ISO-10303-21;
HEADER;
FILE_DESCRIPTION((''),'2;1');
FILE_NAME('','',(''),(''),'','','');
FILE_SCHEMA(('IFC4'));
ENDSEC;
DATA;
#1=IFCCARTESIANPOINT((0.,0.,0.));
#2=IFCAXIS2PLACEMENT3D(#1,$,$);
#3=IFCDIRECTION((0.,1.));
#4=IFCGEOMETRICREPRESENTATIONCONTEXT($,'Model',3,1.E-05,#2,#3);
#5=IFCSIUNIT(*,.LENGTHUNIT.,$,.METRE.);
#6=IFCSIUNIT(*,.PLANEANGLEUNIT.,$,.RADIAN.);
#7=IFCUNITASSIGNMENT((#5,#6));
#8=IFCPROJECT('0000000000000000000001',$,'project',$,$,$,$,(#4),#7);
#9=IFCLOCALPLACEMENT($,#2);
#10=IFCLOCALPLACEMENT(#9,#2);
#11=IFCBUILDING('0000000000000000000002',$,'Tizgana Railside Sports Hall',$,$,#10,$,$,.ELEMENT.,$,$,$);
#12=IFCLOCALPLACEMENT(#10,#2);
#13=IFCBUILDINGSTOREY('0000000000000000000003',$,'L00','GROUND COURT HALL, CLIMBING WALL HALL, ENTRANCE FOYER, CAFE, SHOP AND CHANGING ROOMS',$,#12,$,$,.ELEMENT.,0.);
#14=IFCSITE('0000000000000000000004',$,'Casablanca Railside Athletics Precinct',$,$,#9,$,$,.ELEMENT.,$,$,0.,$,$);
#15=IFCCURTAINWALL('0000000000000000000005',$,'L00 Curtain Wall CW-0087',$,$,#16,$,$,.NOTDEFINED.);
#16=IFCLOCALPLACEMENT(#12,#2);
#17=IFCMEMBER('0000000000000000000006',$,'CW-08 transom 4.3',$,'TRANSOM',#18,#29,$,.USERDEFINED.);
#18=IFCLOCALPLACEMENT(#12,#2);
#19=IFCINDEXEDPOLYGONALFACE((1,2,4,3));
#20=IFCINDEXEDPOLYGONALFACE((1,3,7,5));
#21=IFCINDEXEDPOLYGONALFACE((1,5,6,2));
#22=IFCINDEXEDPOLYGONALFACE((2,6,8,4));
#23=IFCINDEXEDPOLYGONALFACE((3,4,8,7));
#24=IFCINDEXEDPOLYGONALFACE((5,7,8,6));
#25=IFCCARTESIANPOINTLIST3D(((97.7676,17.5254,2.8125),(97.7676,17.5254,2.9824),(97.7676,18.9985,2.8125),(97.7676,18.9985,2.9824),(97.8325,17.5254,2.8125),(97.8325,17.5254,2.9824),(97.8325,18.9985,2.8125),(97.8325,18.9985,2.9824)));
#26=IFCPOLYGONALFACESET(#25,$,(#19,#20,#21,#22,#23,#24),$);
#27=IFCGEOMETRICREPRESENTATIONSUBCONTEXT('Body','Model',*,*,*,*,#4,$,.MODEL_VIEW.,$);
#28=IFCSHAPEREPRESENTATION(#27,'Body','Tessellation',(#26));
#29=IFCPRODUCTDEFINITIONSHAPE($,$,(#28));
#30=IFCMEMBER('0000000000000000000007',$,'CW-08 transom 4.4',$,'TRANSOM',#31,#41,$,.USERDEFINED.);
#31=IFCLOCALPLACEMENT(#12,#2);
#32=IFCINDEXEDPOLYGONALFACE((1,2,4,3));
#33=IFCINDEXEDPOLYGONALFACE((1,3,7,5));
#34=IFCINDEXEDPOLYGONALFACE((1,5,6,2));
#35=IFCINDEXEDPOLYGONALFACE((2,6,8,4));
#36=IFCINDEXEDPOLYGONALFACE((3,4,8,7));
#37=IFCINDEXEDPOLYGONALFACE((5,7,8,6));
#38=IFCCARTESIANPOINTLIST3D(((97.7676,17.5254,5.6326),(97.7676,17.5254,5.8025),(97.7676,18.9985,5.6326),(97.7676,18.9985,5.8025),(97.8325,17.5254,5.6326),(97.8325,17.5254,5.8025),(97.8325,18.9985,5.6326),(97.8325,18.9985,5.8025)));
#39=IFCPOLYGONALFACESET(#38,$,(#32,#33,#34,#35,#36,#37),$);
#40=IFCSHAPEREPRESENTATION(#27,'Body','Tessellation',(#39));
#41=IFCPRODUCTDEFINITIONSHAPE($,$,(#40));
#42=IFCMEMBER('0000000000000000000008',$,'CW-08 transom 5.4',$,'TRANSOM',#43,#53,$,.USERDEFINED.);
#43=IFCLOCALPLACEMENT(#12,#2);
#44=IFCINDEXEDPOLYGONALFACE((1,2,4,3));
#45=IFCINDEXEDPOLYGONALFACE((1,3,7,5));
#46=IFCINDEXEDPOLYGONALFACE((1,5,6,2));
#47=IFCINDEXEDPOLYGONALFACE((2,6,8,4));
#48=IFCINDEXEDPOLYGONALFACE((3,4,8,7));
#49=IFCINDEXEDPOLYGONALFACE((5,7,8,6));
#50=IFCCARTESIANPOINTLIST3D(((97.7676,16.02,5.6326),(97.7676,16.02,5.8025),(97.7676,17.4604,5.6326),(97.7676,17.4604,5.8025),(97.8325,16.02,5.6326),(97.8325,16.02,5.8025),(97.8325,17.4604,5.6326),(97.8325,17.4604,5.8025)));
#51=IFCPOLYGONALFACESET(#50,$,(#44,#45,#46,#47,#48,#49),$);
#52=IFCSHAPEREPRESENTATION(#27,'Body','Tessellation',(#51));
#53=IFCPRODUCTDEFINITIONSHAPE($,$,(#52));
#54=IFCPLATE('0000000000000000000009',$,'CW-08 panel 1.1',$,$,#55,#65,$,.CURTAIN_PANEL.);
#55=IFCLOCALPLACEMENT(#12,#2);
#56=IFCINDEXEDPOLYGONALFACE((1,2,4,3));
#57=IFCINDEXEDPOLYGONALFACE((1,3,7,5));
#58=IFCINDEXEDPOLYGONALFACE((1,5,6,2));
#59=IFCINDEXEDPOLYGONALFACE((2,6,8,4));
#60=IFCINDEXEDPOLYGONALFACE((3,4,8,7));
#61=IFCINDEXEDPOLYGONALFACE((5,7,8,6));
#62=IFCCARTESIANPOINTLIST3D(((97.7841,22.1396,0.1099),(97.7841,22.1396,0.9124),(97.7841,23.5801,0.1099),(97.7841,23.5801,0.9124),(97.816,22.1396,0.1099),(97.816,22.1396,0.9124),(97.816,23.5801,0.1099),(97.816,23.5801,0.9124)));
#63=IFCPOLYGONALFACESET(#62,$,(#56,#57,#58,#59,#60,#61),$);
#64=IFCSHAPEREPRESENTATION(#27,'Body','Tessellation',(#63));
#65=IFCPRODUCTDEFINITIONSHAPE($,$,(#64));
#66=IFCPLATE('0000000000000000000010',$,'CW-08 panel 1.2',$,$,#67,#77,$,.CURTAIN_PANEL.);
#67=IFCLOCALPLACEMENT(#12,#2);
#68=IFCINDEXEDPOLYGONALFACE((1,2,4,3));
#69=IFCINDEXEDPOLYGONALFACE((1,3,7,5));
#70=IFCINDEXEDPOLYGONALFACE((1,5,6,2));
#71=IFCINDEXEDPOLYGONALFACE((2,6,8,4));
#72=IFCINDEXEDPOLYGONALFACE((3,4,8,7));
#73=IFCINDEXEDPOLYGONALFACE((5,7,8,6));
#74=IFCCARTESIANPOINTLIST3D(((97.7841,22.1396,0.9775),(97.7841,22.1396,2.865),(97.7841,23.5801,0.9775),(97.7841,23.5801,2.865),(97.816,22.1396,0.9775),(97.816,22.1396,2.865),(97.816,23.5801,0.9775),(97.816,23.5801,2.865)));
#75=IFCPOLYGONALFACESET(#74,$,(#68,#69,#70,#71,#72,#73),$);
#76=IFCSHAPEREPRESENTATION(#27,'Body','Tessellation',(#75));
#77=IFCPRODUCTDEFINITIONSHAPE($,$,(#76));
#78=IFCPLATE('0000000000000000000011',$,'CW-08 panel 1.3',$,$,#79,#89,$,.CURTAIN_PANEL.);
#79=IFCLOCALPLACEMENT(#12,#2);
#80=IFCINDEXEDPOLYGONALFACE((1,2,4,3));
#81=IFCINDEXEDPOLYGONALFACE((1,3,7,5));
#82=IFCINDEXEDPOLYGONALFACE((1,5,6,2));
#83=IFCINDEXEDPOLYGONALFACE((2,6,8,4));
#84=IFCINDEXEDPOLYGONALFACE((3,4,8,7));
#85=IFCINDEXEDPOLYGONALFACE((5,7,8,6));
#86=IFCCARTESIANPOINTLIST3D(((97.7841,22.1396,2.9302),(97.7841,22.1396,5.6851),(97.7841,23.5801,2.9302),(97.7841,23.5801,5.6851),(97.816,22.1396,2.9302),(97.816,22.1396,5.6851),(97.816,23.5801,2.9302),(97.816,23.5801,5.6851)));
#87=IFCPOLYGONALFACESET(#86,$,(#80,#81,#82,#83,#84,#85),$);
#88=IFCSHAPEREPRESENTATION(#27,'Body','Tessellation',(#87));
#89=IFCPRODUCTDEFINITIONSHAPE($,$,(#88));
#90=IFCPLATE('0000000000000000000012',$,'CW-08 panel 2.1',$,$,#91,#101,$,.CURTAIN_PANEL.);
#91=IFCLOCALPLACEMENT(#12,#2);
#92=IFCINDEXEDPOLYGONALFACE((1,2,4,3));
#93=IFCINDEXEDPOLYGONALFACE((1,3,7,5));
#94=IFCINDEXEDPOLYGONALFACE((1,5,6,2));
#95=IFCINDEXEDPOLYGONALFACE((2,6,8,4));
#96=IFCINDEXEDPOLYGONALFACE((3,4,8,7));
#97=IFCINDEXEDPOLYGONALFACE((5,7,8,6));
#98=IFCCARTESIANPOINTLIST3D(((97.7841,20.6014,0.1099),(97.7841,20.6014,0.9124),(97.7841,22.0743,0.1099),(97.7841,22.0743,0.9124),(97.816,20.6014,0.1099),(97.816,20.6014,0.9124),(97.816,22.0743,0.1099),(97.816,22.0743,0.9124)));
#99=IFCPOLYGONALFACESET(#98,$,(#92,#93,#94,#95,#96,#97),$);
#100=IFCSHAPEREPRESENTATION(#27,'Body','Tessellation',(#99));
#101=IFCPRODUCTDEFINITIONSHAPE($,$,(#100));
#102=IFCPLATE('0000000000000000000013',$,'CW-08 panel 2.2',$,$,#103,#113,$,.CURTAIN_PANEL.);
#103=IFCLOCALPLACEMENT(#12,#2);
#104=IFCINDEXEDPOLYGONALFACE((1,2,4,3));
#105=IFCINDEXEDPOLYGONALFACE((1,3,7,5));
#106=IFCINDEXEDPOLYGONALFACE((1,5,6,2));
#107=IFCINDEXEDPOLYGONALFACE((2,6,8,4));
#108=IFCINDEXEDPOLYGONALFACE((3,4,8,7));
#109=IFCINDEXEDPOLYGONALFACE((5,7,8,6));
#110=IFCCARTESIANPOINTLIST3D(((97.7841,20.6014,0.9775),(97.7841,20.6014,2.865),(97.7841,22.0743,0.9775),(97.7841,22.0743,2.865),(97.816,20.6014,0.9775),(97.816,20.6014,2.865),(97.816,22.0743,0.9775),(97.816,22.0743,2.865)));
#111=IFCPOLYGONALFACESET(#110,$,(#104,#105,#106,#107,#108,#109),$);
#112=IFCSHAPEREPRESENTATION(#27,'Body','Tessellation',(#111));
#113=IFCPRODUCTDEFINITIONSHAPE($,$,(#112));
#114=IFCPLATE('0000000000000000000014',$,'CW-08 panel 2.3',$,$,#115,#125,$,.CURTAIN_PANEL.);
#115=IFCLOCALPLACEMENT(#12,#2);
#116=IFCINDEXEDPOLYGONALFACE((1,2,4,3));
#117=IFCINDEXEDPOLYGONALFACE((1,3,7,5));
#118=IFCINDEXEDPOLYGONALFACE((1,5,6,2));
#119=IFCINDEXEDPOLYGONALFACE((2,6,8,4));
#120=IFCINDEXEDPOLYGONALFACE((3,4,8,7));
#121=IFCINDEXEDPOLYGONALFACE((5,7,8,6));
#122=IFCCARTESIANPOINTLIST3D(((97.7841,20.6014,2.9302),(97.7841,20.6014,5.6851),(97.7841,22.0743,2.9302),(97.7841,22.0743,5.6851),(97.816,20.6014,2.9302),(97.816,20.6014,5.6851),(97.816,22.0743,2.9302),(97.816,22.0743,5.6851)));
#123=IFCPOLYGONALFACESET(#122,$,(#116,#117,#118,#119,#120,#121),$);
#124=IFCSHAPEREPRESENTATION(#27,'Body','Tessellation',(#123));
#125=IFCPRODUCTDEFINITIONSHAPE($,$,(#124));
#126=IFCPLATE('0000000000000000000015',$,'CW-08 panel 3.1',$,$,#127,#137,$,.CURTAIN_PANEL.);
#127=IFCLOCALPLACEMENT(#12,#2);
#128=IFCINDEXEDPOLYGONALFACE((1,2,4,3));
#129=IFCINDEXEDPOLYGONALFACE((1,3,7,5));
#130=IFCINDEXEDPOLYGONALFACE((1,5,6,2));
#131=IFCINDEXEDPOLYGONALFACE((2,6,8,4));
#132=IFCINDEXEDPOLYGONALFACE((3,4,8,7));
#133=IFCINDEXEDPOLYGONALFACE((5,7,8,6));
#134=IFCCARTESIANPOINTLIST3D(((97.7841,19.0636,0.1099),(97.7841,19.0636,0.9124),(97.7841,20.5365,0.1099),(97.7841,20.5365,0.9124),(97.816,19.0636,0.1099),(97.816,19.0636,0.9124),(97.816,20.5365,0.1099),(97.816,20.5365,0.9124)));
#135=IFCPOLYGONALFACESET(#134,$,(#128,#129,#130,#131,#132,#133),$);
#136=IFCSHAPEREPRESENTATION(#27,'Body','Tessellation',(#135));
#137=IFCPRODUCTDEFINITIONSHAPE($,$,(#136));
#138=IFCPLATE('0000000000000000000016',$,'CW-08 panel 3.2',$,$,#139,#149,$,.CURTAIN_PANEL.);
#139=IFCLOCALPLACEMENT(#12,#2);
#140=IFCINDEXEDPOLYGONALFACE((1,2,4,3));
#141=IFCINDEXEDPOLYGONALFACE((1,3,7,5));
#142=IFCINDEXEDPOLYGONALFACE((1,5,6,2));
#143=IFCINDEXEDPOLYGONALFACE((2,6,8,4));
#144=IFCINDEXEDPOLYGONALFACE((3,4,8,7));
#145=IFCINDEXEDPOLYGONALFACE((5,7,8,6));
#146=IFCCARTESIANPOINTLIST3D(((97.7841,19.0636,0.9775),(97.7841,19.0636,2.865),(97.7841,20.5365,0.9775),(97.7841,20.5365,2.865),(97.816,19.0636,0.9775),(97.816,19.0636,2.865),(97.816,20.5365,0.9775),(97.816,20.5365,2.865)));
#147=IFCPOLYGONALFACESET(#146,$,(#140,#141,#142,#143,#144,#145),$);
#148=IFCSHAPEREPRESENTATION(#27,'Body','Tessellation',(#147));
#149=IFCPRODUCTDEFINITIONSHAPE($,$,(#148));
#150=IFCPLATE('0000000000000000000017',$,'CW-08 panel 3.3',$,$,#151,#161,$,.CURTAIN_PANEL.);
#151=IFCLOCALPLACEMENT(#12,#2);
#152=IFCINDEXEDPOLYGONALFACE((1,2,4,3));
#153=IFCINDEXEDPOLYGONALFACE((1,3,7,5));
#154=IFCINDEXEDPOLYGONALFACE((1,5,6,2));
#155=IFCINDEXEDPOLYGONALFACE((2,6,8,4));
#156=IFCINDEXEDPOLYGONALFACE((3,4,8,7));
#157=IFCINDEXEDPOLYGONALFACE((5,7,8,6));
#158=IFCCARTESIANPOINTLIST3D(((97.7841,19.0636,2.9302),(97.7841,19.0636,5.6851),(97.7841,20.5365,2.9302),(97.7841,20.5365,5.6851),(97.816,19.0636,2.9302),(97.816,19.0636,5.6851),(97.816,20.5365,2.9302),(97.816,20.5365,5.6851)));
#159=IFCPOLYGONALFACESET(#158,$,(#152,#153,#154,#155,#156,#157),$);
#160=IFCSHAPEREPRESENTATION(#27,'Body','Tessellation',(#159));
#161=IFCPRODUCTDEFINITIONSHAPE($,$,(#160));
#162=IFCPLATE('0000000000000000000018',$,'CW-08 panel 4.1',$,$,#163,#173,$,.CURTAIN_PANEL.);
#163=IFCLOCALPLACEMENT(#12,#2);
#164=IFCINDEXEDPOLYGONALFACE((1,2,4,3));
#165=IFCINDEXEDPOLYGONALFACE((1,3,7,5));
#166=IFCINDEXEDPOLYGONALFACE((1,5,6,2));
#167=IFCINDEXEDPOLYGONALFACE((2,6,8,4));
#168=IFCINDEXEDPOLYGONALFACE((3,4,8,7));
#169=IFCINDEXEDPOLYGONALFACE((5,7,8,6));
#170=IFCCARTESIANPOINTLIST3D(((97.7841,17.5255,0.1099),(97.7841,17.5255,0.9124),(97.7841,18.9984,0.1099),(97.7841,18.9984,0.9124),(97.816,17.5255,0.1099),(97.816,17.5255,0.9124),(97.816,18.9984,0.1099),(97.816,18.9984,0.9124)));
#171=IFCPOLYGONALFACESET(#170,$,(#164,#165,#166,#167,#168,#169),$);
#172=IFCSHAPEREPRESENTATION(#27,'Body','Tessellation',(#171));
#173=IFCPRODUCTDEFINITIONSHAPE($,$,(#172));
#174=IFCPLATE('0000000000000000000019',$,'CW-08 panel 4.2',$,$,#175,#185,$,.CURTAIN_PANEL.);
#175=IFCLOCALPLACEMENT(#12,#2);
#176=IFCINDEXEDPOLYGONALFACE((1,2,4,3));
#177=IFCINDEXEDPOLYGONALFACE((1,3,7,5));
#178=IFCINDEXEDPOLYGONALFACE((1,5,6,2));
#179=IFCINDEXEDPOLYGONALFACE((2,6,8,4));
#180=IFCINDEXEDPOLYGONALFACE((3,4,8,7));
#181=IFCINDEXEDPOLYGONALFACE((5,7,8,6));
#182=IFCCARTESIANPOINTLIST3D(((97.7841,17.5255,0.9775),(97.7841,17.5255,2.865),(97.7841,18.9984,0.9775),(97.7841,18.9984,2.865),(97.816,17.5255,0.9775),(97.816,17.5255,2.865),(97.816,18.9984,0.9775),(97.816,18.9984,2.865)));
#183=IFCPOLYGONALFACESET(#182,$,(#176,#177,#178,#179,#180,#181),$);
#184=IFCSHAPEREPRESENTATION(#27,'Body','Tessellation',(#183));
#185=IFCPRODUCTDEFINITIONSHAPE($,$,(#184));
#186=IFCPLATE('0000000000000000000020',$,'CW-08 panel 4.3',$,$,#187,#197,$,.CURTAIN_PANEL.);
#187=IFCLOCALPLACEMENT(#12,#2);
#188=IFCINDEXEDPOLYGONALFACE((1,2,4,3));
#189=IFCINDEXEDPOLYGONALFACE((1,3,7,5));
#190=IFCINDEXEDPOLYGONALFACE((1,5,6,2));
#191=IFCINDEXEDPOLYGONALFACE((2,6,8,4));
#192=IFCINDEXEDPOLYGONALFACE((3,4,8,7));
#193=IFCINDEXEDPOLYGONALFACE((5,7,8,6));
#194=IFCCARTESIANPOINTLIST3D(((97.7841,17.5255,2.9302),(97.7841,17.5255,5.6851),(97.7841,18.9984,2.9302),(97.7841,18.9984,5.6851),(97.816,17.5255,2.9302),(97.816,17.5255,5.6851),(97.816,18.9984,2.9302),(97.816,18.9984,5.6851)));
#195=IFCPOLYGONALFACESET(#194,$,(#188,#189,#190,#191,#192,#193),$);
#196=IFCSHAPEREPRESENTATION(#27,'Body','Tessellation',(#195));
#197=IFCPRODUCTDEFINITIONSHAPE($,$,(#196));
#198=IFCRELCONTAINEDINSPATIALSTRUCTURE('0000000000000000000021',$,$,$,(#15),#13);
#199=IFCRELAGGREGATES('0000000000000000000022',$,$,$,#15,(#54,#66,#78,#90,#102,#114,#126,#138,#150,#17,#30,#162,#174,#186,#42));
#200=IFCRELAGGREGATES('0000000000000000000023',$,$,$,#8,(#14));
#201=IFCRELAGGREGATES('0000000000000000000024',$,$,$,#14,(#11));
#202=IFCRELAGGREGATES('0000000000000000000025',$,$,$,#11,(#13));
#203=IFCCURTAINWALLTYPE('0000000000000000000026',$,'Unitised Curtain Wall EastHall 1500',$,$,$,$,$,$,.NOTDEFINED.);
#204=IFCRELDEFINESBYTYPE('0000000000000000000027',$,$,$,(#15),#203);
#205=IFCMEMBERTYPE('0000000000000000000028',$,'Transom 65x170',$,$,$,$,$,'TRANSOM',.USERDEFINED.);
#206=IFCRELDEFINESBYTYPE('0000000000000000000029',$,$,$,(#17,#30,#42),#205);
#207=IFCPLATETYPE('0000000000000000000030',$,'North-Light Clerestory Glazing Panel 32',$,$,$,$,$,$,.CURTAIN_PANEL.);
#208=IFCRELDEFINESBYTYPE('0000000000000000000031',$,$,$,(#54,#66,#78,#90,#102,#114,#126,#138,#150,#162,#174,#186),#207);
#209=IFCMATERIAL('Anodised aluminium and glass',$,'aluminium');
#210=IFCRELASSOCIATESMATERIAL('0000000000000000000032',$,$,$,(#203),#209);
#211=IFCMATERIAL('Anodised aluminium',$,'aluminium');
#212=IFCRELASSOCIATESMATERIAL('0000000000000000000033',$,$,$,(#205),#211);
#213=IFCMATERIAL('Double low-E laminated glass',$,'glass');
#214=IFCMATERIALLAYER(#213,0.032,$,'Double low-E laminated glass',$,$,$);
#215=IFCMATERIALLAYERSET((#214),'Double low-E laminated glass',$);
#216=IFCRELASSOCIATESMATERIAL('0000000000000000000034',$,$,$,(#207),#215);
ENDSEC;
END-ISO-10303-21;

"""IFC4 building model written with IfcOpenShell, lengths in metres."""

from ifc_helpers import new_model, si_unit, direction, frame, origin, origin_2d, place, context, subcontext, project, spatial, rectangle, extrude, material, layer, layer_set, material_profile, profile_set, type_object, element, aggregate, save


model = new_model("IFC4")

# Units and contexts
model_context = context("Model", 3, precision=1e-05, world=origin(), true_north=direction((0.0, 1.0)))
body_context = subcontext(model_context, "Body", "Model", "MODEL_VIEW")
ifc_project = project(units=[si_unit("LENGTHUNIT", "METRE"), si_unit("PLANEANGLEUNIT", "RADIAN")], contexts=[model_context])

# Site, building, storey
site_placement = place(None, origin())
site = spatial("IfcSite", under=ifc_project, at=site_placement, Name="Casablanca Railside Athletics Precinct", CompositionType="ELEMENT", RefElevation=0.0)
building_placement = place(site_placement, origin())
building = spatial("IfcBuilding", under=site, at=building_placement, Name="Tizgana Railside Sports Hall", CompositionType="ELEMENT")
storey_placement = place(building_placement, origin())
storey = spatial("IfcBuildingStorey", under=building, at=storey_placement, Name="L00", Description="GROUND COURT HALL, CLIMBING WALL HALL, ENTRANCE FOYER, CAFE, SHOP AND CHANGING ROOMS", CompositionType="ELEMENT", Elevation=0.0)

# Curtain wall, members, plates
ifc_material_1 = material(Name="Anodised aluminium and glass", Category="aluminium")
curtain_wall_type = type_object("IfcCurtainWallType", Name="Unitised Curtain Wall EastHall 1500", PredefinedType="NOTDEFINED", material=ifc_material_1)
curtain_wall_placement = place(storey_placement, origin())
curtain_wall = element("IfcCurtainWall", 1, at=curtain_wall_placement, inside=storey, type_object=curtain_wall_type, Name="L00 Curtain Wall CW-0087", PredefinedType="NOTDEFINED")
ifc_material_2 = material(Name="Anodised aluminium", Category="aluminium")
ifc_material_profile_1 = material_profile(ifc_material_2, rectangle(XDim=0.0649, YDim=0.1699, at=origin_2d()), Name="Transom 65x170")
ifc_profile_set_1 = profile_set([ifc_material_profile_1], Name="Anodised aluminium")
member_type_1 = type_object("IfcMemberType", Name="Transom 65x170", ElementType="TRANSOM", PredefinedType="USERDEFINED", material=ifc_profile_set_1)
member_1_placement = place(storey_placement, frame((97.8, 18.9985, 2.8975), z_axis=(0.0, -1.0, 0.0), x_axis=(1.0, 0.0, 0.0)))
member_1 = element("IfcMember", 2, at=member_1_placement, type_object=member_type_1, Name="CW-08 transom 4.3", ObjectType="TRANSOM", PredefinedType="USERDEFINED", context=body_context, shape_type="SweptSolid", body=[
    extrude(rectangle(XDim=0.0649, YDim=0.1699, at=origin_2d()), origin(), (0.0, 0.0, 1.0), 1.4731),
])
member_2_placement = place(storey_placement, frame((97.8, 18.9985, 5.7175), z_axis=(0.0, -1.0, 0.0), x_axis=(1.0, 0.0, 0.0)))
member_2 = element("IfcMember", 3, at=member_2_placement, type_object=member_type_1, Name="CW-08 transom 4.4", ObjectType="TRANSOM", PredefinedType="USERDEFINED", context=body_context, shape_type="SweptSolid", body=[
    extrude(rectangle(XDim=0.0649, YDim=0.1699, at=origin_2d()), origin(), (0.0, 0.0, 1.0), 1.4731),
])
member_3_placement = place(storey_placement, frame((97.8, 17.4604, 5.7175), z_axis=(0.0, -1.0, 0.0), x_axis=(1.0, 0.0, 0.0)))
member_3 = element("IfcMember", 4, at=member_3_placement, type_object=member_type_1, Name="CW-08 transom 5.4", ObjectType="TRANSOM", PredefinedType="USERDEFINED", context=body_context, shape_type="SweptSolid", body=[
    extrude(rectangle(XDim=0.0649, YDim=0.1699, at=origin_2d()), origin(), (0.0, 0.0, 1.0), 1.4404),
])
ifc_material_3 = material(Name="Double low-E laminated glass", Category="glass")
ifc_layer = layer(ifc_material_3, 0.032, Name="Double low-E laminated glass")
ifc_layer_set = layer_set([ifc_layer], Name="Double low-E laminated glass")
plate_type = type_object("IfcPlateType", Name="North-Light Clerestory Glazing Panel 32", PredefinedType="CURTAIN_PANEL", material=ifc_layer_set)
plate_1_placement = place(storey_placement, frame((97.8, 22.8599, 0.1099), z_axis=(0.0, 0.0, 1.0), x_axis=(0.0, -1.0, 0.0)))
plate_1 = element("IfcPlate", 5, at=plate_1_placement, type_object=plate_type, Name="CW-08 panel 1.1", PredefinedType="CURTAIN_PANEL", context=body_context, shape_type="SweptSolid", body=[
    extrude(rectangle(XDim=1.4404, YDim=0.032, at=origin_2d()), origin(), (0.0, 0.0, 1.0), 0.8025),
])
plate_2_placement = place(storey_placement, frame((97.8, 22.8599, 0.9775), z_axis=(0.0, 0.0, 1.0), x_axis=(0.0, -1.0, 0.0)))
plate_2 = element("IfcPlate", 6, at=plate_2_placement, type_object=plate_type, Name="CW-08 panel 1.2", PredefinedType="CURTAIN_PANEL", context=body_context, shape_type="SweptSolid", body=[
    extrude(rectangle(XDim=1.4404, YDim=0.032, at=origin_2d()), origin(), (0.0, 0.0, 1.0), 1.8875),
])
plate_3_placement = place(storey_placement, frame((97.8, 22.8599, 2.9302), z_axis=(0.0, 0.0, 1.0), x_axis=(0.0, -1.0, 0.0)))
plate_3 = element("IfcPlate", 7, at=plate_3_placement, type_object=plate_type, Name="CW-08 panel 1.3", PredefinedType="CURTAIN_PANEL", context=body_context, shape_type="SweptSolid", body=[
    extrude(rectangle(XDim=1.4404, YDim=0.032, at=origin_2d()), origin(), (0.0, 0.0, 1.0), 2.7549),
])
plate_4_placement = place(storey_placement, frame((97.8, 21.3379, 0.1099), z_axis=(0.0, 0.0, 1.0), x_axis=(0.0, -1.0, 0.0)))
plate_4 = element("IfcPlate", 8, at=plate_4_placement, type_object=plate_type, Name="CW-08 panel 2.1", PredefinedType="CURTAIN_PANEL", context=body_context, shape_type="SweptSolid", body=[
    extrude(rectangle(XDim=1.4729, YDim=0.032, at=origin_2d()), origin(), (0.0, 0.0, 1.0), 0.8025),
])
plate_5_placement = place(storey_placement, frame((97.8, 21.3379, 0.9775), z_axis=(0.0, 0.0, 1.0), x_axis=(0.0, -1.0, 0.0)))
plate_5 = element("IfcPlate", 9, at=plate_5_placement, type_object=plate_type, Name="CW-08 panel 2.2", PredefinedType="CURTAIN_PANEL", context=body_context, shape_type="SweptSolid", body=[
    extrude(rectangle(XDim=1.4729, YDim=0.032, at=origin_2d()), origin(), (0.0, 0.0, 1.0), 1.8875),
])
plate_6_placement = place(storey_placement, frame((97.8, 21.3379, 2.9302), z_axis=(0.0, 0.0, 1.0), x_axis=(0.0, -1.0, 0.0)))
plate_6 = element("IfcPlate", 10, at=plate_6_placement, type_object=plate_type, Name="CW-08 panel 2.3", PredefinedType="CURTAIN_PANEL", context=body_context, shape_type="SweptSolid", body=[
    extrude(rectangle(XDim=1.4729, YDim=0.032, at=origin_2d()), origin(), (0.0, 0.0, 1.0), 2.7549),
])
plate_7_placement = place(storey_placement, frame((97.8, 19.8, 0.1099), z_axis=(0.0, 0.0, 1.0), x_axis=(0.0, -1.0, 0.0)))
plate_7 = element("IfcPlate", 11, at=plate_7_placement, type_object=plate_type, Name="CW-08 panel 3.1", PredefinedType="CURTAIN_PANEL", context=body_context, shape_type="SweptSolid", body=[
    extrude(rectangle(XDim=1.4729, YDim=0.032, at=origin_2d()), origin(), (0.0, 0.0, 1.0), 0.8025),
])
plate_8_placement = place(storey_placement, frame((97.8, 19.8, 0.9775), z_axis=(0.0, 0.0, 1.0), x_axis=(0.0, -1.0, 0.0)))
plate_8 = element("IfcPlate", 12, at=plate_8_placement, type_object=plate_type, Name="CW-08 panel 3.2", PredefinedType="CURTAIN_PANEL", context=body_context, shape_type="SweptSolid", body=[
    extrude(rectangle(XDim=1.4729, YDim=0.032, at=origin_2d()), origin(), (0.0, 0.0, 1.0), 1.8875),
])
plate_9_placement = place(storey_placement, frame((97.8, 19.8, 2.9302), z_axis=(0.0, 0.0, 1.0), x_axis=(0.0, -1.0, 0.0)))
plate_9 = element("IfcPlate", 13, at=plate_9_placement, type_object=plate_type, Name="CW-08 panel 3.3", PredefinedType="CURTAIN_PANEL", context=body_context, shape_type="SweptSolid", body=[
    extrude(rectangle(XDim=1.4729, YDim=0.032, at=origin_2d()), origin(), (0.0, 0.0, 1.0), 2.7549),
])
plate_10_placement = place(storey_placement, frame((97.8, 18.262, 0.1099), z_axis=(0.0, 0.0, 1.0), x_axis=(0.0, -1.0, 0.0)))
plate_10 = element("IfcPlate", 14, at=plate_10_placement, type_object=plate_type, Name="CW-08 panel 4.1", PredefinedType="CURTAIN_PANEL", context=body_context, shape_type="SweptSolid", body=[
    extrude(rectangle(XDim=1.4729, YDim=0.032, at=origin_2d()), origin(), (0.0, 0.0, 1.0), 0.8025),
])
plate_11_placement = place(storey_placement, frame((97.8, 18.262, 0.9775), z_axis=(0.0, 0.0, 1.0), x_axis=(0.0, -1.0, 0.0)))
plate_11 = element("IfcPlate", 15, at=plate_11_placement, type_object=plate_type, Name="CW-08 panel 4.2", PredefinedType="CURTAIN_PANEL", context=body_context, shape_type="SweptSolid", body=[
    extrude(rectangle(XDim=1.4729, YDim=0.032, at=origin_2d()), origin(), (0.0, 0.0, 1.0), 1.8875),
])
plate_12_placement = place(storey_placement, frame((97.8, 18.262, 2.9302), z_axis=(0.0, 0.0, 1.0), x_axis=(0.0, -1.0, 0.0)))
plate_12 = element("IfcPlate", 16, at=plate_12_placement, type_object=plate_type, Name="CW-08 panel 4.3", PredefinedType="CURTAIN_PANEL", context=body_context, shape_type="SweptSolid", body=[
    extrude(rectangle(XDim=1.4729, YDim=0.032, at=origin_2d()), origin(), (0.0, 0.0, 1.0), 2.7549),
])
aggregate(curtain_wall, [plate_1, plate_2, plate_3, plate_4, plate_5, plate_6, plate_7, plate_8, plate_9, member_1, member_2, plate_10, plate_11, plate_12, member_3])

save(model, "model.ifc")
